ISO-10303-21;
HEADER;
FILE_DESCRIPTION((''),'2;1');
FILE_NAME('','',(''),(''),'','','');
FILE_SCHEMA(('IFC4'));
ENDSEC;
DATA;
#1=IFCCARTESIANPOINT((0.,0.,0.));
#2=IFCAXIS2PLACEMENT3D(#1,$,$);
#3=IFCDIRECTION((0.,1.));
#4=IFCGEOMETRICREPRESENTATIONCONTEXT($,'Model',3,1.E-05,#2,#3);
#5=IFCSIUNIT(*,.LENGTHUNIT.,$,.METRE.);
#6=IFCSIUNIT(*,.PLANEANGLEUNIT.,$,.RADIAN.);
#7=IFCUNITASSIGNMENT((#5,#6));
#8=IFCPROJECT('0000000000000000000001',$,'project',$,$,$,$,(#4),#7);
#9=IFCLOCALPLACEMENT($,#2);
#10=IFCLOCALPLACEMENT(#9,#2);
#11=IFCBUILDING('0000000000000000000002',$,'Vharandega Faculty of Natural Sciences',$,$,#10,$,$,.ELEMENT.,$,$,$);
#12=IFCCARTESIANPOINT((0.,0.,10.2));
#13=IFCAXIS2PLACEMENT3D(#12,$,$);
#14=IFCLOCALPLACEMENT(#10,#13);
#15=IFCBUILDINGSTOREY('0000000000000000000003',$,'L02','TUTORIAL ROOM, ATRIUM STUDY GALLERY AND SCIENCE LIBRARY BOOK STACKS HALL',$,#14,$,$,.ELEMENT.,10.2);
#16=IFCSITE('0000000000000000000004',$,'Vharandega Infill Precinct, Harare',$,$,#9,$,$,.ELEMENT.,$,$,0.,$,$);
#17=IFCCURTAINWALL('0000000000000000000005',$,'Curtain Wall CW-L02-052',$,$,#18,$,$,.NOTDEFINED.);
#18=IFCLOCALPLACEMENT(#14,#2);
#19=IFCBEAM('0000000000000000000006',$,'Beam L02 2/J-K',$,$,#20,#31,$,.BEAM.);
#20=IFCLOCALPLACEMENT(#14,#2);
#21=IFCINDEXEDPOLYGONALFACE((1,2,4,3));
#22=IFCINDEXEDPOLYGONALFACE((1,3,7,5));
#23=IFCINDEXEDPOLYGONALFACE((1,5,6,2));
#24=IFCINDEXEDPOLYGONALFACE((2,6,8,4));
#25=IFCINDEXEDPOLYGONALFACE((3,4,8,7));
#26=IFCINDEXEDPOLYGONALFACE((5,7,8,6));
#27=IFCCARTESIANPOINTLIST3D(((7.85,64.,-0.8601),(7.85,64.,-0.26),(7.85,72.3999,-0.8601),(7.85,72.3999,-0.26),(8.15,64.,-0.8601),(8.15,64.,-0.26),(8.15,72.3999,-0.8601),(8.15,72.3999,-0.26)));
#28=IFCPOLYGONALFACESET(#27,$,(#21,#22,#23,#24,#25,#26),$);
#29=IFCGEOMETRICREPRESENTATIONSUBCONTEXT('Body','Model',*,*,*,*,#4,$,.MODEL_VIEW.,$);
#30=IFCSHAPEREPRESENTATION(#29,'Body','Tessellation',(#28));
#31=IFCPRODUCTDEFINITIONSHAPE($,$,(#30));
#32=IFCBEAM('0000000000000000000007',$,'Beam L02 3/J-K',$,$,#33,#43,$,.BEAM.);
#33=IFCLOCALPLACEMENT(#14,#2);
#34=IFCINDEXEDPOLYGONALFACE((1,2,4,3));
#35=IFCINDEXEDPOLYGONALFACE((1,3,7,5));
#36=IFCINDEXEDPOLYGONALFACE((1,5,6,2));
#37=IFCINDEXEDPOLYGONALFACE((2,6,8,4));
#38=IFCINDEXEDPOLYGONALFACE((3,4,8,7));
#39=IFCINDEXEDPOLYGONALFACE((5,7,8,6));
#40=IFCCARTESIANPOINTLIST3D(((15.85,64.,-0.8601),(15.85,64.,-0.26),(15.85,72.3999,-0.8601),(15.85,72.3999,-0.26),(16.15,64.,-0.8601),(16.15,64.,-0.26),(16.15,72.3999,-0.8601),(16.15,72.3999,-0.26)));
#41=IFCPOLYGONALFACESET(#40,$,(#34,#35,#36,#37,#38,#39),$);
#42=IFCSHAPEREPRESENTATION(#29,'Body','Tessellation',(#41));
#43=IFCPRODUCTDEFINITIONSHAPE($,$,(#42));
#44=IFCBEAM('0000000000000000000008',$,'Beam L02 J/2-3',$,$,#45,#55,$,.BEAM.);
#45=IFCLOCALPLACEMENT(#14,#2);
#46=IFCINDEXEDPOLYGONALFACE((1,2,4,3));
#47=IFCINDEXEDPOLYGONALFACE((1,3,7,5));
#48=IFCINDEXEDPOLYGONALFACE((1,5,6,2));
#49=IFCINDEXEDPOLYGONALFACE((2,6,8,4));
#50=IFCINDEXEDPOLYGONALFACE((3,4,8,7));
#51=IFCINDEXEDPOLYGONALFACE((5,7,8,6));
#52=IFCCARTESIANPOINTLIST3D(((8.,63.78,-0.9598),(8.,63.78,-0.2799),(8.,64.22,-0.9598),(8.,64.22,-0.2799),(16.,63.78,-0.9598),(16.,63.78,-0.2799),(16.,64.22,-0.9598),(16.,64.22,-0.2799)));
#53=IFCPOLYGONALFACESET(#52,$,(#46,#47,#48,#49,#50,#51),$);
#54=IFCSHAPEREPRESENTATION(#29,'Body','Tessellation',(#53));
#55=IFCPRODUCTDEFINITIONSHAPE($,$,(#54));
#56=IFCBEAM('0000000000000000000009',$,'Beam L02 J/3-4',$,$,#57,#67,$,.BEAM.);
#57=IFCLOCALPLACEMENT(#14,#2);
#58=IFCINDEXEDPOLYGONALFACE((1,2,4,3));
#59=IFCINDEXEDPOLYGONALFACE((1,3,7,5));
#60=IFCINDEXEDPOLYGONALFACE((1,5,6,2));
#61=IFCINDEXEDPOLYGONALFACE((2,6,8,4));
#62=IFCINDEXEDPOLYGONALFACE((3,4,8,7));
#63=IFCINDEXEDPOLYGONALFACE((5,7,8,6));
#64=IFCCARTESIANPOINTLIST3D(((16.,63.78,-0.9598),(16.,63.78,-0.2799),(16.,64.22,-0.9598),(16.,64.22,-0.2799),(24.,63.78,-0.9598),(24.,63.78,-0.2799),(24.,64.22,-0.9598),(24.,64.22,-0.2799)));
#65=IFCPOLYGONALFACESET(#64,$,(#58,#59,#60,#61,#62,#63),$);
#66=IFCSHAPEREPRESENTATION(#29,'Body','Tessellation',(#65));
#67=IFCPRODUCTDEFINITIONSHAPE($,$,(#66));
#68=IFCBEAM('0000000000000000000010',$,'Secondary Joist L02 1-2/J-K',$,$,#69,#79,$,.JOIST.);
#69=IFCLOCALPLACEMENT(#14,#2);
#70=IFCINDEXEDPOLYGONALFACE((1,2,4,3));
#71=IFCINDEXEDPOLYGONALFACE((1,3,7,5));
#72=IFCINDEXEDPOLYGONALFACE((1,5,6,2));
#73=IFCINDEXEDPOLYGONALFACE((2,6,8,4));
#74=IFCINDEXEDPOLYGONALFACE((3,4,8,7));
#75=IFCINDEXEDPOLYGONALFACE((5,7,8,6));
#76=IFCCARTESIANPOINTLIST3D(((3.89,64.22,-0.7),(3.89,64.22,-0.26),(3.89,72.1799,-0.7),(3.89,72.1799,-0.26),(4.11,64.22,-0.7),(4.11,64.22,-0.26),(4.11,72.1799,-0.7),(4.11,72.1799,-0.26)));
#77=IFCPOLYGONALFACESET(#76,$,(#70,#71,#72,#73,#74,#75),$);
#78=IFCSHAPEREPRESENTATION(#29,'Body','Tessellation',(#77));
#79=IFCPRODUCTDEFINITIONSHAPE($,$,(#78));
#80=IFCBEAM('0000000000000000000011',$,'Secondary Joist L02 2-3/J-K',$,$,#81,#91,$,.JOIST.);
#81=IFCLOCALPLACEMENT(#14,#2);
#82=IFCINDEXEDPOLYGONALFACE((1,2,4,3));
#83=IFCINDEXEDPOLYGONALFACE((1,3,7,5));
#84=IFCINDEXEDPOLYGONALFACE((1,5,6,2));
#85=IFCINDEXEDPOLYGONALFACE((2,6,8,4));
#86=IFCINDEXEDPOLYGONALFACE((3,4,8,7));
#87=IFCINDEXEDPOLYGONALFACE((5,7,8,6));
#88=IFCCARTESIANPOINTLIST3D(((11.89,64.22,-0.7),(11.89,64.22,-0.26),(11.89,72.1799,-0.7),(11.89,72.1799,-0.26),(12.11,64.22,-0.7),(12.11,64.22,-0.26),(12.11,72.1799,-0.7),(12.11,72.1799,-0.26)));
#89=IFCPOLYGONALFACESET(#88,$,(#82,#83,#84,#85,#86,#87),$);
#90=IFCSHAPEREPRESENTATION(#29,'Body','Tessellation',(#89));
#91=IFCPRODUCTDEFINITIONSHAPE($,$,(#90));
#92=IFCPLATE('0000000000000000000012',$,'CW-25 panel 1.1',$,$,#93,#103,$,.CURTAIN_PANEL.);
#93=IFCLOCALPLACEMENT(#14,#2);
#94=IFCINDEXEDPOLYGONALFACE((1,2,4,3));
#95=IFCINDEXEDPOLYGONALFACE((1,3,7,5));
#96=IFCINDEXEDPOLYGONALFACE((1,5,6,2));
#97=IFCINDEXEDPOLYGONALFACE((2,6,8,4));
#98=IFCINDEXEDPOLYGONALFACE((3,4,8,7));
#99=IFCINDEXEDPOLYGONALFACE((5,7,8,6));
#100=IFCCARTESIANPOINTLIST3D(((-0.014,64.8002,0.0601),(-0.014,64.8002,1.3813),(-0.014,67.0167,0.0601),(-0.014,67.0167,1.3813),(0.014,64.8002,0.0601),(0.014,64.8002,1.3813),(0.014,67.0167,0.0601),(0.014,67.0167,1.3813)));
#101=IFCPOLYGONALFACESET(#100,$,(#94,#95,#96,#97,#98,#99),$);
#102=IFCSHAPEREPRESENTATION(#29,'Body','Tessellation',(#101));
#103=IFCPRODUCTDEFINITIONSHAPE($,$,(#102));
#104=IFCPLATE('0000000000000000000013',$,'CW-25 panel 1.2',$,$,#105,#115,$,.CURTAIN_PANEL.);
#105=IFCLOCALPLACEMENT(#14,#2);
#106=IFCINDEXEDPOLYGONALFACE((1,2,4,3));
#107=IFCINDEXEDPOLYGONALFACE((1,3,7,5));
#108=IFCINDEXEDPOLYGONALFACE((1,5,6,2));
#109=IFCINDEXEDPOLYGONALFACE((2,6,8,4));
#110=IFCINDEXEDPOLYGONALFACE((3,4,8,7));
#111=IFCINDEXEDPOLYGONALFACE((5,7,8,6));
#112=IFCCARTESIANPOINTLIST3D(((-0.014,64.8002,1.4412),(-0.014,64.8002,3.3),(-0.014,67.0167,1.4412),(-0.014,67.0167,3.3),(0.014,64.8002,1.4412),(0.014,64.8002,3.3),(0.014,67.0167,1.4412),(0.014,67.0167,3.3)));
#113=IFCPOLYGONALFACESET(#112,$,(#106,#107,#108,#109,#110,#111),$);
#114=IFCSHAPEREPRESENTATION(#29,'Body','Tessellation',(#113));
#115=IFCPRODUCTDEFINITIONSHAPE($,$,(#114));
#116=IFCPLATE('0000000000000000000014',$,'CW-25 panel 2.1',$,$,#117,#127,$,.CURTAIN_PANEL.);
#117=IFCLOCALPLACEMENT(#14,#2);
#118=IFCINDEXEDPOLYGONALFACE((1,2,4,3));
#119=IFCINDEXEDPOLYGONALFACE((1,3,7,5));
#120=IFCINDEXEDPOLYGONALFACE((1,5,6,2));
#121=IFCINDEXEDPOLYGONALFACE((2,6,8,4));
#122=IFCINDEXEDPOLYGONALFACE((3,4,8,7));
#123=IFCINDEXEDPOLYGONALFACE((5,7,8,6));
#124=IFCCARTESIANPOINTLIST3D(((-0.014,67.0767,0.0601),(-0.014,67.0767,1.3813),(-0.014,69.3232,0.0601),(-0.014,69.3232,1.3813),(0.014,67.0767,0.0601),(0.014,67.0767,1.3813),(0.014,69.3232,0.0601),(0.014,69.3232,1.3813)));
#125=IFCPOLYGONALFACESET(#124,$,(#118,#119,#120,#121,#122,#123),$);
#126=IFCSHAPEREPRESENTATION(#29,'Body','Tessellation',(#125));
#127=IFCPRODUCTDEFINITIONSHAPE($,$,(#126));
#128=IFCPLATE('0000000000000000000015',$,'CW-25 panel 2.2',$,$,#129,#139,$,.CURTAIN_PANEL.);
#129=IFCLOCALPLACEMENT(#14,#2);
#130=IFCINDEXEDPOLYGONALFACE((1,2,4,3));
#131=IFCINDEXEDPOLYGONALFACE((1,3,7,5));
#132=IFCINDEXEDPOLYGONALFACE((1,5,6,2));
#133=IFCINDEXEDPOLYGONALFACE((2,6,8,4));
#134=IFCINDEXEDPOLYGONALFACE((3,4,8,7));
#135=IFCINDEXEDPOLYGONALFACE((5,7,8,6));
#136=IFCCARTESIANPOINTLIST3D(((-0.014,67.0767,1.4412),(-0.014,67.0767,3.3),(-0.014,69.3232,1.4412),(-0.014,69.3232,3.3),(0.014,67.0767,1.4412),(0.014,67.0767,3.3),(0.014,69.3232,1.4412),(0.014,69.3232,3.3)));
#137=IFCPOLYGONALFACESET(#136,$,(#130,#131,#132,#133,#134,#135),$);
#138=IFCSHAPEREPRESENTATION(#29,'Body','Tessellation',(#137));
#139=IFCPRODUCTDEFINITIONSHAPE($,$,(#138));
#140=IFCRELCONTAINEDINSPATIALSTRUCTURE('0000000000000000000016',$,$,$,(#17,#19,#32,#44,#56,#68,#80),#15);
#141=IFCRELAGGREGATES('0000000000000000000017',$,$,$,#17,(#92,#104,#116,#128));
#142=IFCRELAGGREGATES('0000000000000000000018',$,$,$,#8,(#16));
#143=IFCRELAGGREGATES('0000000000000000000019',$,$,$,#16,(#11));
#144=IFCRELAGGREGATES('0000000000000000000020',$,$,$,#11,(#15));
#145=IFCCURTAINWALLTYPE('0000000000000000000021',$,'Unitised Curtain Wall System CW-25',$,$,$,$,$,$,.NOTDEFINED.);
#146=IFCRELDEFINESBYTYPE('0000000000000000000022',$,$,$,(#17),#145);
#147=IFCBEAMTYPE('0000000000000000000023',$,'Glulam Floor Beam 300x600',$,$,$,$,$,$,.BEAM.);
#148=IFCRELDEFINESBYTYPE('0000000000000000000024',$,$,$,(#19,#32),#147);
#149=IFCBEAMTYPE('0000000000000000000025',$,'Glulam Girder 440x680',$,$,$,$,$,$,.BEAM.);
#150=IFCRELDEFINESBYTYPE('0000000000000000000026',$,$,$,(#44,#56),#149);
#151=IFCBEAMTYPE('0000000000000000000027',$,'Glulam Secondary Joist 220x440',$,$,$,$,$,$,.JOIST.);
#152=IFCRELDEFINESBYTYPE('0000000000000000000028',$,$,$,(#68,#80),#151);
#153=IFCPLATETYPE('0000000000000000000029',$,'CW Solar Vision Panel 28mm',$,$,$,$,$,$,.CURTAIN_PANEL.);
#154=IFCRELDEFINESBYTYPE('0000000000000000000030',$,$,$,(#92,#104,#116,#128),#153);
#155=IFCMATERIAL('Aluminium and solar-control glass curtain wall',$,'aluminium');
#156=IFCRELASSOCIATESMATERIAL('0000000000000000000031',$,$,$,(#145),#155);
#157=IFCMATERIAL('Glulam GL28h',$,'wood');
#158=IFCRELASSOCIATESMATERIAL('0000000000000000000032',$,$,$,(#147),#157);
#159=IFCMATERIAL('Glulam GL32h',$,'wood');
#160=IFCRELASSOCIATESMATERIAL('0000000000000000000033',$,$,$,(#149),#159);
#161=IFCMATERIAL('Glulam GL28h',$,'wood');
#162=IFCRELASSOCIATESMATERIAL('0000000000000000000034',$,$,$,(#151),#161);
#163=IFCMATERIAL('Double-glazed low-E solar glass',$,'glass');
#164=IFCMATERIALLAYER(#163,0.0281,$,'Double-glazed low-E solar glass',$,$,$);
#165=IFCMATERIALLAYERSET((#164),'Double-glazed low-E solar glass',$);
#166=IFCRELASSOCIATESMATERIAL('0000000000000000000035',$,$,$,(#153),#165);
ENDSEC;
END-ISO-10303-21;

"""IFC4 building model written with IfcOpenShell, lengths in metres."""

from ifc_helpers import new_model, si_unit, direction, frame, origin, origin_2d, place, context, subcontext, project, spatial, rectangle, extrude, material, layer, layer_set, material_profile, profile_set, type_object, element, aggregate, save


model = new_model("IFC4")

# Units and contexts
model_context = context("Model", 3, precision=1e-05, world=origin(), true_north=direction((0.0, 1.0)))
body_context = subcontext(model_context, "Body", "Model", "MODEL_VIEW")
ifc_project = project(units=[si_unit("LENGTHUNIT", "METRE"), si_unit("PLANEANGLEUNIT", "RADIAN")], contexts=[model_context])

# Site, building, storey
site_placement = place(None, origin())
site = spatial("IfcSite", under=ifc_project, at=site_placement, Name="Vharandega Infill Precinct, Harare", CompositionType="ELEMENT", RefElevation=0.0)
building_placement = place(site_placement, origin())
building = spatial("IfcBuilding", under=site, at=building_placement, Name="Vharandega Faculty of Natural Sciences", CompositionType="ELEMENT")
storey_placement = place(building_placement, frame((0.0, 0.0, 10.2)))
storey = spatial("IfcBuildingStorey", under=building, at=storey_placement, Name="L02", Description="TUTORIAL ROOM, ATRIUM STUDY GALLERY AND SCIENCE LIBRARY BOOK STACKS HALL", CompositionType="ELEMENT", Elevation=10.2)

# Curtain wall
ifc_material_1 = material(Name="Aluminium and solar-control glass curtain wall", Category="aluminium")
curtain_wall_type = type_object("IfcCurtainWallType", Name="Unitised Curtain Wall System CW-25", PredefinedType="NOTDEFINED", material=ifc_material_1)
curtain_wall_placement = place(storey_placement, origin())
curtain_wall = element("IfcCurtainWall", 1, at=curtain_wall_placement, inside=storey, type_object=curtain_wall_type, Name="Curtain Wall CW-L02-052", PredefinedType="NOTDEFINED")

# Beams
ifc_material_2 = material(Name="Glulam GL28h", Category="wood")
ifc_material_profile_1 = material_profile(ifc_material_2, rectangle(XDim=0.3, YDim=0.6001, at=origin_2d()), Name="GL28h 300x600")
ifc_profile_set_1 = profile_set([ifc_material_profile_1], Name="Glulam GL28h")
beam_type_1 = type_object("IfcBeamType", Name="Glulam Floor Beam 300x600", PredefinedType="BEAM", material=ifc_profile_set_1)
for number, where, z_axis, x_axis, name in (
    (2, (8.0, 64.0, -0.5601), (0.0, 1.0, 0.0), (-1.0, 0.0, 0.0), "Beam L02 2/J-K"),
    (3, (16.0, 64.0, -0.5601), (0.0, 1.0, 0.0), (-1.0, 0.0, 0.0), "Beam L02 3/J-K"),
):
    element("IfcBeam", number, at=place(storey_placement, frame(where, z_axis=z_axis, x_axis=x_axis)), inside=storey, type_object=beam_type_1, Name=name, PredefinedType="BEAM", context=body_context, shape_type="SweptSolid", body=[
        extrude(rectangle(XDim=0.3, YDim=0.6001, at=origin_2d()), origin(), (0.0, 0.0, 1.0), 8.3999),
    ])
ifc_material_3 = material(Name="Glulam GL32h", Category="wood")
ifc_material_profile_2 = material_profile(ifc_material_3, rectangle(XDim=0.4399, YDim=0.6799, at=origin_2d()), Name="GL32h 440x680")
ifc_profile_set_2 = profile_set([ifc_material_profile_2], Name="Glulam GL32h")
beam_type_2 = type_object("IfcBeamType", Name="Glulam Girder 440x680", PredefinedType="BEAM", material=ifc_profile_set_2)
for number, where, z_axis, x_axis, name in (
    (4, (8.0, 64.0, -0.6199), (1.0, 0.0, 0.0), (0.0, 1.0, 0.0), "Beam L02 J/2-3"),
    (5, (16.0, 64.0, -0.6199), (1.0, 0.0, 0.0), (0.0, 1.0, 0.0), "Beam L02 J/3-4"),
):
    element("IfcBeam", number, at=place(storey_placement, frame(where, z_axis=z_axis, x_axis=x_axis)), inside=storey, type_object=beam_type_2, Name=name, PredefinedType="BEAM", context=body_context, shape_type="SweptSolid", body=[
        extrude(rectangle(XDim=0.4399, YDim=0.6799, at=origin_2d()), origin(), (0.0, 0.0, 1.0), 8.0),
    ])
ifc_material_4 = material(Name="Glulam GL28h", Category="wood")
ifc_material_profile_3 = material_profile(ifc_material_4, rectangle(XDim=0.22, YDim=0.4399, at=origin_2d()), Name="GL28h 220x440")
ifc_profile_set_3 = profile_set([ifc_material_profile_3], Name="Glulam GL28h")
beam_type_3 = type_object("IfcBeamType", Name="Glulam Secondary Joist 220x440", PredefinedType="JOIST", material=ifc_profile_set_3)
for number, where, z_axis, x_axis, name in (
    (6, (4.0, 64.22, -0.48), (0.0, 1.0, 0.0), (-1.0, 0.0, 0.0), "Secondary Joist L02 1-2/J-K"),
    (7, (12.0, 64.22, -0.48), (0.0, 1.0, 0.0), (-1.0, 0.0, 0.0), "Secondary Joist L02 2-3/J-K"),
):
    element("IfcBeam", number, at=place(storey_placement, frame(where, z_axis=z_axis, x_axis=x_axis)), inside=storey, type_object=beam_type_3, Name=name, PredefinedType="JOIST", context=body_context, shape_type="SweptSolid", body=[
        extrude(rectangle(XDim=0.22, YDim=0.4399, at=origin_2d()), origin(), (0.0, 0.0, 1.0), 7.96),
    ])

# Plates
ifc_material_5 = material(Name="Double-glazed low-E solar glass", Category="glass")
ifc_layer = layer(ifc_material_5, 0.0281, Name="Double-glazed low-E solar glass")
ifc_layer_set = layer_set([ifc_layer], Name="Double-glazed low-E solar glass")
plate_type = type_object("IfcPlateType", Name="CW Solar Vision Panel 28mm", PredefinedType="CURTAIN_PANEL", material=ifc_layer_set)
plate_1_placement = place(storey_placement, frame((0.0, 65.9084, 0.0601), z_axis=(0.0, 0.0, 1.0), x_axis=(0.0, 1.0, 0.0)))
plate_1 = element("IfcPlate", 8, at=plate_1_placement, type_object=plate_type, Name="CW-25 panel 1.1", PredefinedType="CURTAIN_PANEL", context=body_context, shape_type="SweptSolid", body=[
    extrude(rectangle(XDim=2.2166, YDim=0.0281, at=origin_2d()), origin(), (0.0, 0.0, 1.0), 1.3213),
])
plate_2_placement = place(storey_placement, frame((0.0, 65.9084, 1.4412), z_axis=(0.0, 0.0, 1.0), x_axis=(0.0, 1.0, 0.0)))
plate_2 = element("IfcPlate", 9, at=plate_2_placement, type_object=plate_type, Name="CW-25 panel 1.2", PredefinedType="CURTAIN_PANEL", context=body_context, shape_type="SweptSolid", body=[
    extrude(rectangle(XDim=2.2166, YDim=0.0281, at=origin_2d()), origin(), (0.0, 0.0, 1.0), 1.8589),
])
plate_3_placement = place(storey_placement, frame((0.0, 68.2, 0.0601), z_axis=(0.0, 0.0, 1.0), x_axis=(0.0, 1.0, 0.0)))
plate_3 = element("IfcPlate", 10, at=plate_3_placement, type_object=plate_type, Name="CW-25 panel 2.1", PredefinedType="CURTAIN_PANEL", context=body_context, shape_type="SweptSolid", body=[
    extrude(rectangle(XDim=2.2466, YDim=0.0281, at=origin_2d()), origin(), (0.0, 0.0, 1.0), 1.3213),
])
plate_4_placement = place(storey_placement, frame((0.0, 68.2, 1.4412), z_axis=(0.0, 0.0, 1.0), x_axis=(0.0, 1.0, 0.0)))
plate_4 = element("IfcPlate", 11, at=plate_4_placement, type_object=plate_type, Name="CW-25 panel 2.2", PredefinedType="CURTAIN_PANEL", context=body_context, shape_type="SweptSolid", body=[
    extrude(rectangle(XDim=2.2466, YDim=0.0281, at=origin_2d()), origin(), (0.0, 0.0, 1.0), 1.8589),
])
aggregate(curtain_wall, [plate_1, plate_2, plate_3, plate_4])

save(model, "model.ifc")
